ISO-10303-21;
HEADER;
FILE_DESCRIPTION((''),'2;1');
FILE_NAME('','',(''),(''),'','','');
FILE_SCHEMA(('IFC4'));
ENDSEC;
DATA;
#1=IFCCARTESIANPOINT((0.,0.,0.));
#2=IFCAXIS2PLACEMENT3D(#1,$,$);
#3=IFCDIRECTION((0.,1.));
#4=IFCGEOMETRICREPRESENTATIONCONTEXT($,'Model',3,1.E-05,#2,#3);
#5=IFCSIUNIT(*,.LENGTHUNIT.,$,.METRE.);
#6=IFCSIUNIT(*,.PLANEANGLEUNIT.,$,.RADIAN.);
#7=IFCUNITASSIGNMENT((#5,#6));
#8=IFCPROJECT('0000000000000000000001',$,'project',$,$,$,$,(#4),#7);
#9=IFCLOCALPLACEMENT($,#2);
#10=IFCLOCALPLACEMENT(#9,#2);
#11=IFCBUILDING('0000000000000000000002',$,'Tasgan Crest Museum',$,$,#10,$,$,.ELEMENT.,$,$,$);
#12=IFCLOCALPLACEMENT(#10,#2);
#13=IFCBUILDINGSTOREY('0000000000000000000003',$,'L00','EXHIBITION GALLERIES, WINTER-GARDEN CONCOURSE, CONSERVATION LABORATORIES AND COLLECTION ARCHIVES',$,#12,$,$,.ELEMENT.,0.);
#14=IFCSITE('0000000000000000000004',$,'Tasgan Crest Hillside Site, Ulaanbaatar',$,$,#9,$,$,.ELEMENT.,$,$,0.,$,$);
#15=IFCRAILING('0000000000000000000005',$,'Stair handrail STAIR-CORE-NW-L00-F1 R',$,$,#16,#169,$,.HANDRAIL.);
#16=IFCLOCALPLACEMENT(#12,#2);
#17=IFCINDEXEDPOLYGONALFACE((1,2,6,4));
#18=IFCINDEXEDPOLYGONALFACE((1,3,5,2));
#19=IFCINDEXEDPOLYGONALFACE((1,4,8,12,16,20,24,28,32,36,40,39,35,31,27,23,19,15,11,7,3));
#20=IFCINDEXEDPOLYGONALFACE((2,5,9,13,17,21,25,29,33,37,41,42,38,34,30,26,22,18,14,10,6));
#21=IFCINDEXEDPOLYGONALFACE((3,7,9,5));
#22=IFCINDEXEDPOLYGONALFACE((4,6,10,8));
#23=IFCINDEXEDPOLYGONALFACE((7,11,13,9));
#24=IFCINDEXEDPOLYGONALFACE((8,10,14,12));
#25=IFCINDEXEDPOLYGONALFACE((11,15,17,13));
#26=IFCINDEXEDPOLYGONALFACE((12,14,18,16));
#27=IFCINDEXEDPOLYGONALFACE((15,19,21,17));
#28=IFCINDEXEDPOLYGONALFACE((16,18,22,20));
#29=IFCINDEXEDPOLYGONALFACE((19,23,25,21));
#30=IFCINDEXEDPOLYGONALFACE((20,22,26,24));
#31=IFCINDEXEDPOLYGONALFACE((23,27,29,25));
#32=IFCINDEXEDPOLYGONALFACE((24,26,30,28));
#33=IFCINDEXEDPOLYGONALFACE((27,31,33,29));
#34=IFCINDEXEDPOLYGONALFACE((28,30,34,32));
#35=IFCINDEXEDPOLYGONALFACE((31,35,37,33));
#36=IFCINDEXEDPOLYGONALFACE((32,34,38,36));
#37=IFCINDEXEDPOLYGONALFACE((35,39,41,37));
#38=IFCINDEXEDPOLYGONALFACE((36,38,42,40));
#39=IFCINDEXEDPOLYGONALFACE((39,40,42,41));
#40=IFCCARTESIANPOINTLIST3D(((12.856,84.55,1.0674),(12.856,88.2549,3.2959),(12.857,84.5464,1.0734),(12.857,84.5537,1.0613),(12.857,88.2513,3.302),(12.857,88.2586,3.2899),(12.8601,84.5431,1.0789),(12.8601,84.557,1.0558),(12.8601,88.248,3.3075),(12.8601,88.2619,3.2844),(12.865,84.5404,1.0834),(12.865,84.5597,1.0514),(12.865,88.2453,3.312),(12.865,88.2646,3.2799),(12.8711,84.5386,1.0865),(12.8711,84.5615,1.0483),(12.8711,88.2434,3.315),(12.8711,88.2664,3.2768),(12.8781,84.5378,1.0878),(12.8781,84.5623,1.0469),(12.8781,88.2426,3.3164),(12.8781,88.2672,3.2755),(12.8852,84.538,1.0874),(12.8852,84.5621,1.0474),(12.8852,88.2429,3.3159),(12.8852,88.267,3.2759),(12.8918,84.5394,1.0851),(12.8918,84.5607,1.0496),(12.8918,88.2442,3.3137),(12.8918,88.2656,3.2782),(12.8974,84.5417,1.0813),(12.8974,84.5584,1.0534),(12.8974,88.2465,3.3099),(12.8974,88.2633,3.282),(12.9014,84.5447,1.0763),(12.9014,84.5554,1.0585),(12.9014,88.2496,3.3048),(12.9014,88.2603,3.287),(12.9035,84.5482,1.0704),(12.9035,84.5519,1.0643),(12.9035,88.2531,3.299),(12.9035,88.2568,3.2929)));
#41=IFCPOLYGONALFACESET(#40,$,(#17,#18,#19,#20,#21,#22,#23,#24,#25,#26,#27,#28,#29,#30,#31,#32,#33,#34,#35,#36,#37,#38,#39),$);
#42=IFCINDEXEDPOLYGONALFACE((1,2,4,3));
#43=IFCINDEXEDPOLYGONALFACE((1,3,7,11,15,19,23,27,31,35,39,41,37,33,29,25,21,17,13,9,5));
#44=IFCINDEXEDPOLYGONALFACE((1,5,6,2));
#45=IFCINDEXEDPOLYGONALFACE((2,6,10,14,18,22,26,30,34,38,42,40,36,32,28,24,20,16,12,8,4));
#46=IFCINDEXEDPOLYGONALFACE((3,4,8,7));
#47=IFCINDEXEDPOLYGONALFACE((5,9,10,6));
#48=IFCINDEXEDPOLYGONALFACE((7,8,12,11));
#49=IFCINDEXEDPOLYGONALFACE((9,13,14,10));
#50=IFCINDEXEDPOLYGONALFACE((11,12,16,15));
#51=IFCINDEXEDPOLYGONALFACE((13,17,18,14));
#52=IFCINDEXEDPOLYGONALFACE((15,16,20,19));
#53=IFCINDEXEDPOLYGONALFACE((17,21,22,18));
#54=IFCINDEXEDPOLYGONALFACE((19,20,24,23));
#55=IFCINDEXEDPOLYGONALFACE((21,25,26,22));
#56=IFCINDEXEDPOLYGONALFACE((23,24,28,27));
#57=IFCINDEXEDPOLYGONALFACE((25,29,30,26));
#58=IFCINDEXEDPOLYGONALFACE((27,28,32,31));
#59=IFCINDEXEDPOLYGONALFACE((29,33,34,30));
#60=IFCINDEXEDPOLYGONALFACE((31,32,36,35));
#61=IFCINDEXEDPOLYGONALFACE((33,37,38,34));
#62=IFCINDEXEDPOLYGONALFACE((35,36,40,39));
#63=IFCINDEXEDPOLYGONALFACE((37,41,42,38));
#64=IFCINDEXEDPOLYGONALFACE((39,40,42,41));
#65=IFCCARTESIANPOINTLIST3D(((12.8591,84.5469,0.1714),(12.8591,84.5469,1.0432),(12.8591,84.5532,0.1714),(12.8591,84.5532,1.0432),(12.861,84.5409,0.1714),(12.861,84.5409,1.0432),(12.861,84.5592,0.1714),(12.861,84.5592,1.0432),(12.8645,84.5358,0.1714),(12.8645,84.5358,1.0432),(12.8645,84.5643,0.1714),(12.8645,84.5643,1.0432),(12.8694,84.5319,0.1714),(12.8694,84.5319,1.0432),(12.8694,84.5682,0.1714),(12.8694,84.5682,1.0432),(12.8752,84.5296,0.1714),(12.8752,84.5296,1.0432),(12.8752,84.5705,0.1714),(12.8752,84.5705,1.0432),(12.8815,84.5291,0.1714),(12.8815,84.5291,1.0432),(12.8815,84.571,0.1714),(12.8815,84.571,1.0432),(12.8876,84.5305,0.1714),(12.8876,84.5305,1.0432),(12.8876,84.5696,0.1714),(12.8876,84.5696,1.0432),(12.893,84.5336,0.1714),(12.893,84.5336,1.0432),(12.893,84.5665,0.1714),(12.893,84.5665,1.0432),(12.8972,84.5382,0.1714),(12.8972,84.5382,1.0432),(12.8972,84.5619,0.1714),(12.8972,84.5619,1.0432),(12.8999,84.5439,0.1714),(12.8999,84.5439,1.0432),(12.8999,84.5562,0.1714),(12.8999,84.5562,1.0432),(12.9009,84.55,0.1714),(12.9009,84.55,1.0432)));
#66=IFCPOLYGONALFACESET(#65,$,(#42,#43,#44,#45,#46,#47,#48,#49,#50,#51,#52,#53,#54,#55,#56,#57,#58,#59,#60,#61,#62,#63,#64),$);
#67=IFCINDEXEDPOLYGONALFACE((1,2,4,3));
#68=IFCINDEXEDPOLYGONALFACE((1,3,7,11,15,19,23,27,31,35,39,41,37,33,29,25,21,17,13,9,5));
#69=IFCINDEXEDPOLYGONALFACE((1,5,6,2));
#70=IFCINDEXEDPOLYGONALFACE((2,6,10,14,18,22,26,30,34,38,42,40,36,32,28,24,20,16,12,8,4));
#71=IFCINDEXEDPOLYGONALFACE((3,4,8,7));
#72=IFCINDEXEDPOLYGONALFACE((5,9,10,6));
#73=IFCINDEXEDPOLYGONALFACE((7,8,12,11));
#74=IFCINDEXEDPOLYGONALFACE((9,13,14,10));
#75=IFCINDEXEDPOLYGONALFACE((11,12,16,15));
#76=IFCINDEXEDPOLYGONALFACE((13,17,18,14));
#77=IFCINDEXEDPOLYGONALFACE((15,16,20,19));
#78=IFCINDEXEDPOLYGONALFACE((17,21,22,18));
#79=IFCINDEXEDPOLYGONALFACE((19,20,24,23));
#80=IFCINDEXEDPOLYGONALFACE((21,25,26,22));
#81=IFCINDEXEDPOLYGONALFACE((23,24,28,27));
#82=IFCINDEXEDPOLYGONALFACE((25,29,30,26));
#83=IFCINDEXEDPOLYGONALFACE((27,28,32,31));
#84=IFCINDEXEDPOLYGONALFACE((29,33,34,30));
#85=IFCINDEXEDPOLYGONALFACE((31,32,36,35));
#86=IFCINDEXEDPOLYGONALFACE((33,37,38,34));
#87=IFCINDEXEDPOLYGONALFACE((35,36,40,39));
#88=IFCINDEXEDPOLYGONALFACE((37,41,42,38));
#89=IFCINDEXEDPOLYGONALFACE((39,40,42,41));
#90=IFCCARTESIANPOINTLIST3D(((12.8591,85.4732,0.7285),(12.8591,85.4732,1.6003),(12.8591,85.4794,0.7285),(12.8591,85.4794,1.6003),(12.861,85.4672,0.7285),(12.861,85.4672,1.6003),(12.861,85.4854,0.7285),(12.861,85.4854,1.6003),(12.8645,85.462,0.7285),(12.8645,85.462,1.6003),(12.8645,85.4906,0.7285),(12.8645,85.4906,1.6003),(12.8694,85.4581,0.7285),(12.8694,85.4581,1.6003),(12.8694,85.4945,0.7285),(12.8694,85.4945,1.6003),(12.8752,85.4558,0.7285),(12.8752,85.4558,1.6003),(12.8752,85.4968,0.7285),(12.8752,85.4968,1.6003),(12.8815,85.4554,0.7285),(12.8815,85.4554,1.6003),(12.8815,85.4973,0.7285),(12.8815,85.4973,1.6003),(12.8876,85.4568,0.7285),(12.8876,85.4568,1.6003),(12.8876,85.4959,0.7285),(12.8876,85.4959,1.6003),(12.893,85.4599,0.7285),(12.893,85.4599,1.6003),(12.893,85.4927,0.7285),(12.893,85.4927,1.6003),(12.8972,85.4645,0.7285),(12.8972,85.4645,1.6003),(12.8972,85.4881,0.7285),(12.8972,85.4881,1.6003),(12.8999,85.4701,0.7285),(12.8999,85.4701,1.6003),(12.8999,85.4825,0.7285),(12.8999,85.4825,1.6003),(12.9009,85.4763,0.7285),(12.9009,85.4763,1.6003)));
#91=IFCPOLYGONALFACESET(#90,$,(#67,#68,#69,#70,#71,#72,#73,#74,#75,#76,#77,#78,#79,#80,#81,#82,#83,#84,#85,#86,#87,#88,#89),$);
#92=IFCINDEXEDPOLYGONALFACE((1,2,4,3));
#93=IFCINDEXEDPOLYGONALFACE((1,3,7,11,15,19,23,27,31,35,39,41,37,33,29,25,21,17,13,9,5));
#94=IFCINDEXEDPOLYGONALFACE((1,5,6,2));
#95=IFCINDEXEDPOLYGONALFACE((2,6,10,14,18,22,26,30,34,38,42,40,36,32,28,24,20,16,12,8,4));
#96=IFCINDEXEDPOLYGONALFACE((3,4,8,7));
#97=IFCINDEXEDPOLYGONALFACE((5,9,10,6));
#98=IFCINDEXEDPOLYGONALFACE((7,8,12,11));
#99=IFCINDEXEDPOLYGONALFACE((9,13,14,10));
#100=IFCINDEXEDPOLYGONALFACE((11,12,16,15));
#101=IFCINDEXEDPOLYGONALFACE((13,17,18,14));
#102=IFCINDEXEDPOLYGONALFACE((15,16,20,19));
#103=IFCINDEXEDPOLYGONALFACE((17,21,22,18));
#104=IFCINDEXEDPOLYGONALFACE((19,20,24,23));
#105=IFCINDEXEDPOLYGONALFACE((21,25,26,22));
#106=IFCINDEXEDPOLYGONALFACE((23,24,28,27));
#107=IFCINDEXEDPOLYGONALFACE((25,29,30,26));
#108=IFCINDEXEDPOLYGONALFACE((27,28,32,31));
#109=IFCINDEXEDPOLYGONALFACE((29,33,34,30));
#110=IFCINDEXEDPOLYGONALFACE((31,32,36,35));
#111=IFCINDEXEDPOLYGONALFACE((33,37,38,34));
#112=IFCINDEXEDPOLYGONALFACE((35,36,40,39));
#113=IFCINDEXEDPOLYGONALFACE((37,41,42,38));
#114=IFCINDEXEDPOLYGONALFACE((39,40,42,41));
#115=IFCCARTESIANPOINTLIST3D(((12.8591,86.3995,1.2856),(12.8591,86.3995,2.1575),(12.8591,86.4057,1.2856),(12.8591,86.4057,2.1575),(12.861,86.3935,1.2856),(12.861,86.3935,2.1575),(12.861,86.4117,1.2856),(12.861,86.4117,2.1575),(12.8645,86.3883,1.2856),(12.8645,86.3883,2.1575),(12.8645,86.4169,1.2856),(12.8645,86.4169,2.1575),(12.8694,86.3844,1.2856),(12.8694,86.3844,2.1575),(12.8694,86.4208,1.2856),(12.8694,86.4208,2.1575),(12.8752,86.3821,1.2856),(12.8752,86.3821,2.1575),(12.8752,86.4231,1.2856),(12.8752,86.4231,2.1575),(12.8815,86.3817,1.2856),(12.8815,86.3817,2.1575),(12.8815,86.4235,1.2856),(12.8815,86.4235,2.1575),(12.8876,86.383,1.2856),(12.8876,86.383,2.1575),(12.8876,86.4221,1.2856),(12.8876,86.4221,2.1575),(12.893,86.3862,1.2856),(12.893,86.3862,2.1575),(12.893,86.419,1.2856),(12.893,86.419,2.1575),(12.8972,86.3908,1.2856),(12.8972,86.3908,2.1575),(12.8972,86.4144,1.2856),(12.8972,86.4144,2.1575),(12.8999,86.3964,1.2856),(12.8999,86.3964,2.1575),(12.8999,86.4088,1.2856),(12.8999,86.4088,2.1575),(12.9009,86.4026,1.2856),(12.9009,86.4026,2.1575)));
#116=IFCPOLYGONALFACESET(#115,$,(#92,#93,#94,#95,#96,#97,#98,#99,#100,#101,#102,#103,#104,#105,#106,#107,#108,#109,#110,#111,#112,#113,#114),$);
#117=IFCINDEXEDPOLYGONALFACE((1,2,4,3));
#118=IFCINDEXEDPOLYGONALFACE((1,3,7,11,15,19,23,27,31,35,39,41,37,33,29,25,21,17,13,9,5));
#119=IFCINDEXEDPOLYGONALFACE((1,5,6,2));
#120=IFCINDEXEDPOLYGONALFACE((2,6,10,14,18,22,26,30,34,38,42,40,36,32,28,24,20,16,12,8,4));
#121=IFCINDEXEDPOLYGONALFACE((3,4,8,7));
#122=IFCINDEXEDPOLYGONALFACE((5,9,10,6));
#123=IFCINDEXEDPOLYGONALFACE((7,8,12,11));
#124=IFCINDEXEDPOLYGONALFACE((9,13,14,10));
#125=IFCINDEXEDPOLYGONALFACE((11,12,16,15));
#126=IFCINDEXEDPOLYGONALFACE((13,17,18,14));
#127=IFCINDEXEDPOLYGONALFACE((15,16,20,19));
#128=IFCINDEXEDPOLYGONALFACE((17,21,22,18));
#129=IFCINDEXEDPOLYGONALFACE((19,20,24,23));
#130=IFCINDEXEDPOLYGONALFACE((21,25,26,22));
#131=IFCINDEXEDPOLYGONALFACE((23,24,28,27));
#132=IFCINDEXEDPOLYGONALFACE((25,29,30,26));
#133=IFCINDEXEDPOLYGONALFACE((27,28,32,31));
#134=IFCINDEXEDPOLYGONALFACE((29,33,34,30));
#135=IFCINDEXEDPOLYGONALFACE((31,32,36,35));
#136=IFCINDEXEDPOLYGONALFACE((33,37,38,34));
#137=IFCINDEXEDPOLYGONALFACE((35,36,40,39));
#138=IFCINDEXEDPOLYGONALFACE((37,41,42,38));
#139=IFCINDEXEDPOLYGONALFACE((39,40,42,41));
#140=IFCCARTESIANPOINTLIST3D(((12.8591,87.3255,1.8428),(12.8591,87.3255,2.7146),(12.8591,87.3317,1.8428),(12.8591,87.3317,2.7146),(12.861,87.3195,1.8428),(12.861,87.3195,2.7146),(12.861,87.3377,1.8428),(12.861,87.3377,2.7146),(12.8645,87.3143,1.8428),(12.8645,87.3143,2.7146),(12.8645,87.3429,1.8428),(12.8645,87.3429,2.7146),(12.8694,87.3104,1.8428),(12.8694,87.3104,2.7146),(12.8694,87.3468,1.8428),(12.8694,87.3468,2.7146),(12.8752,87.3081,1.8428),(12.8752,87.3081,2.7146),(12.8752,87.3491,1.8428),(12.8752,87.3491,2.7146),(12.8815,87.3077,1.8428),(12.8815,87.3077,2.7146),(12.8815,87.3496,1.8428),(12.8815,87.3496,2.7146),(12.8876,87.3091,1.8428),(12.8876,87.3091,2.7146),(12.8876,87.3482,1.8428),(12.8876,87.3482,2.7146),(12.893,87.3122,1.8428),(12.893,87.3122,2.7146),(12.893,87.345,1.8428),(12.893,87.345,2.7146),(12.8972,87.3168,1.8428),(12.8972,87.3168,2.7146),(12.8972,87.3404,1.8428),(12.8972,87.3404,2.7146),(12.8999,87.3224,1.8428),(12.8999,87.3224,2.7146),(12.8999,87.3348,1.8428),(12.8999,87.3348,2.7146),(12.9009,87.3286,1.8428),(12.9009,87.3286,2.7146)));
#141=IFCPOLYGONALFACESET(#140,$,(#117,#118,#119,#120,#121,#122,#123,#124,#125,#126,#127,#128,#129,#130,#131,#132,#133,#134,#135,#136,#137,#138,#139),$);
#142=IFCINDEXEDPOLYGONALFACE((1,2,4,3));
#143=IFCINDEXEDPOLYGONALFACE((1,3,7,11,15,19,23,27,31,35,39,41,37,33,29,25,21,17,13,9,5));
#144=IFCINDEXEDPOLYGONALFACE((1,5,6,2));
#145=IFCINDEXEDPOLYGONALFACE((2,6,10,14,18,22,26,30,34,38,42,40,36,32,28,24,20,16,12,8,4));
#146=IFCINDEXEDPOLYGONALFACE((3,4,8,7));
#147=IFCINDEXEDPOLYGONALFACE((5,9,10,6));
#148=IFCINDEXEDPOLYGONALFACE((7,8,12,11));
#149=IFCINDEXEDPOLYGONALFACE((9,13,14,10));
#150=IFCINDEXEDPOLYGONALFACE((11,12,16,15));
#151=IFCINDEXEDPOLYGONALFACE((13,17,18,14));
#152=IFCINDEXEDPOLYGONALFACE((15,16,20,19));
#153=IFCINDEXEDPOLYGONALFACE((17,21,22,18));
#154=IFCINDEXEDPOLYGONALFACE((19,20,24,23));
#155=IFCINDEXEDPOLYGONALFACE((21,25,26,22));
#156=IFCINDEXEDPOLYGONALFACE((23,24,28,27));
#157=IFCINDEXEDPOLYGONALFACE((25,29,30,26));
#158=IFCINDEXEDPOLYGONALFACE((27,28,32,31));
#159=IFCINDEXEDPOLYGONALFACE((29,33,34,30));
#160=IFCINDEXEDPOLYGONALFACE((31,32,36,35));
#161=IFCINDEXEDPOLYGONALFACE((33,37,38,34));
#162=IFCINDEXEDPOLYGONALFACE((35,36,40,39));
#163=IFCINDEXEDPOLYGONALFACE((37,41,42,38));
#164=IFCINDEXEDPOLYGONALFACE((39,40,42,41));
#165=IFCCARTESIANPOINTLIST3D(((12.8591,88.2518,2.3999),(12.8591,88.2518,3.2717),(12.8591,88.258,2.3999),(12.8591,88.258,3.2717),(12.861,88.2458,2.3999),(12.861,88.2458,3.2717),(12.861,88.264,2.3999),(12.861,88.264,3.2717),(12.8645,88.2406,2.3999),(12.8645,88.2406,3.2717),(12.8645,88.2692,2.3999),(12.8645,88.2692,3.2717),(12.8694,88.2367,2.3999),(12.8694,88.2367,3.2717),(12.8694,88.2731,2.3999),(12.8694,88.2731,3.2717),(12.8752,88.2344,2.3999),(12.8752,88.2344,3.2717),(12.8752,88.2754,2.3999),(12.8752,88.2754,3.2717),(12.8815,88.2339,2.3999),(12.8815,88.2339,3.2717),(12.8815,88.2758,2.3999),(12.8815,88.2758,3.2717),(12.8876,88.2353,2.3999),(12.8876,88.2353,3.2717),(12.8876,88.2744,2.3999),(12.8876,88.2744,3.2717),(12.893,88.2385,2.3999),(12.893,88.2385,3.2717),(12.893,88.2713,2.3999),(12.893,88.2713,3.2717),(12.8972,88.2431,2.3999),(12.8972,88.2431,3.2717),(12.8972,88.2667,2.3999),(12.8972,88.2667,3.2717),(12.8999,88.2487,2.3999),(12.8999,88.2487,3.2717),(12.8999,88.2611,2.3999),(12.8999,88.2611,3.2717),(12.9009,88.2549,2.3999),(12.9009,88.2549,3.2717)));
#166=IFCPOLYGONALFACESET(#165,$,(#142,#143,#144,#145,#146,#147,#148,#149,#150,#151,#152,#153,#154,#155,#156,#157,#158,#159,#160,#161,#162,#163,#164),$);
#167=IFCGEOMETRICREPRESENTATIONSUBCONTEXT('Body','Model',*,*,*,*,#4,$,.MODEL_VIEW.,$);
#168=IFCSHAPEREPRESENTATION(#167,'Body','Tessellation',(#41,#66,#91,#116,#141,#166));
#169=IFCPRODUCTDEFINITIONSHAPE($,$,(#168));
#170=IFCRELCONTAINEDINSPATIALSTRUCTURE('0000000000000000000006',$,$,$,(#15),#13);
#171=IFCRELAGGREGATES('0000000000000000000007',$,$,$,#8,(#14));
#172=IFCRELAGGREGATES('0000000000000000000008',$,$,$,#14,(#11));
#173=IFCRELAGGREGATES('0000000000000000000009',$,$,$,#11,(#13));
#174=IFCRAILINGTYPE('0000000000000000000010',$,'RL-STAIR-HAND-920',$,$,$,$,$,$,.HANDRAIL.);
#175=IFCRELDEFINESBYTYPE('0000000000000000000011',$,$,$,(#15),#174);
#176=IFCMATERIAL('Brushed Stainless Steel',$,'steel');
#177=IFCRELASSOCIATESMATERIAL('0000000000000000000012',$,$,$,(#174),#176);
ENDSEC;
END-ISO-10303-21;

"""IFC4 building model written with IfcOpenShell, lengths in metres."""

from ifc_helpers import new_model, si_unit, direction, frame, origin, origin_2d, place, context, subcontext, project, spatial, circle, extrude, material, type_object, element, save


model = new_model("IFC4")

# Units and contexts
model_context = context("Model", 3, precision=1e-05, world=origin(), true_north=direction((0.0, 1.0)))
body_context = subcontext(model_context, "Body", "Model", "MODEL_VIEW")
ifc_project = project(units=[si_unit("LENGTHUNIT", "METRE"), si_unit("PLANEANGLEUNIT", "RADIAN")], contexts=[model_context])

# Site, building, storey
site_placement = place(None, origin())
site = spatial("IfcSite", under=ifc_project, at=site_placement, Name="Tasgan Crest Hillside Site, Ulaanbaatar", CompositionType="ELEMENT", RefElevation=0.0)
building_placement = place(site_placement, origin())
building = spatial("IfcBuilding", under=site, at=building_placement, Name="Tasgan Crest Museum", CompositionType="ELEMENT")
storey_placement = place(building_placement, origin())
storey = spatial("IfcBuildingStorey", under=building, at=storey_placement, Name="L00", Description="EXHIBITION GALLERIES, WINTER-GARDEN CONCOURSE, CONSERVATION LABORATORIES AND COLLECTION ARCHIVES", CompositionType="ELEMENT", Elevation=0.0)

# Railing
ifc_material_1 = material(Name="Brushed Stainless Steel", Category="steel")
railing_type_1 = type_object("IfcRailingType", Name="RL-STAIR-HAND-920", PredefinedType="HANDRAIL", material=ifc_material_1)
for number, where, name in (
    (1, (12.8799, 84.55, 0.1714), "Stair handrail STAIR-CORE-NW-L00-F1 R"),
):
    element("IfcRailing", number, at=place(storey_placement, frame(where)), inside=storey, type_object=railing_type_1, Name=name, PredefinedType="HANDRAIL", context=body_context, shape_type="SweptSolid", body=[
        extrude(circle(Radius=0.0239, at=origin_2d()), frame((0.0, 0.0, 0.896), z_axis=(0.0, 0.856919, 0.51545), x_axis=(-1.0, 0.0, 0.0)), (0.0, 0.0, 1.0), 4.3235),
        extrude(circle(Radius=0.021, at=origin_2d()), origin(), (0.0, 0.0, 1.0), 0.8718),
        extrude(circle(Radius=0.021, at=origin_2d()), frame((0.0, 0.9263, 0.5571)), (0.0, 0.0, 1.0), 0.8718),
        extrude(circle(Radius=0.021, at=origin_2d()), frame((0.0, 1.8525, 1.1143)), (0.0, 0.0, 1.0), 0.8718),
        extrude(circle(Radius=0.021, at=origin_2d()), frame((0.0, 2.7786, 1.6714)), (0.0, 0.0, 1.0), 0.8718),
        extrude(circle(Radius=0.021, at=origin_2d()), frame((0.0, 3.7048, 2.2285)), (0.0, 0.0, 1.0), 0.8718),
    ])

save(model, "model.ifc")
